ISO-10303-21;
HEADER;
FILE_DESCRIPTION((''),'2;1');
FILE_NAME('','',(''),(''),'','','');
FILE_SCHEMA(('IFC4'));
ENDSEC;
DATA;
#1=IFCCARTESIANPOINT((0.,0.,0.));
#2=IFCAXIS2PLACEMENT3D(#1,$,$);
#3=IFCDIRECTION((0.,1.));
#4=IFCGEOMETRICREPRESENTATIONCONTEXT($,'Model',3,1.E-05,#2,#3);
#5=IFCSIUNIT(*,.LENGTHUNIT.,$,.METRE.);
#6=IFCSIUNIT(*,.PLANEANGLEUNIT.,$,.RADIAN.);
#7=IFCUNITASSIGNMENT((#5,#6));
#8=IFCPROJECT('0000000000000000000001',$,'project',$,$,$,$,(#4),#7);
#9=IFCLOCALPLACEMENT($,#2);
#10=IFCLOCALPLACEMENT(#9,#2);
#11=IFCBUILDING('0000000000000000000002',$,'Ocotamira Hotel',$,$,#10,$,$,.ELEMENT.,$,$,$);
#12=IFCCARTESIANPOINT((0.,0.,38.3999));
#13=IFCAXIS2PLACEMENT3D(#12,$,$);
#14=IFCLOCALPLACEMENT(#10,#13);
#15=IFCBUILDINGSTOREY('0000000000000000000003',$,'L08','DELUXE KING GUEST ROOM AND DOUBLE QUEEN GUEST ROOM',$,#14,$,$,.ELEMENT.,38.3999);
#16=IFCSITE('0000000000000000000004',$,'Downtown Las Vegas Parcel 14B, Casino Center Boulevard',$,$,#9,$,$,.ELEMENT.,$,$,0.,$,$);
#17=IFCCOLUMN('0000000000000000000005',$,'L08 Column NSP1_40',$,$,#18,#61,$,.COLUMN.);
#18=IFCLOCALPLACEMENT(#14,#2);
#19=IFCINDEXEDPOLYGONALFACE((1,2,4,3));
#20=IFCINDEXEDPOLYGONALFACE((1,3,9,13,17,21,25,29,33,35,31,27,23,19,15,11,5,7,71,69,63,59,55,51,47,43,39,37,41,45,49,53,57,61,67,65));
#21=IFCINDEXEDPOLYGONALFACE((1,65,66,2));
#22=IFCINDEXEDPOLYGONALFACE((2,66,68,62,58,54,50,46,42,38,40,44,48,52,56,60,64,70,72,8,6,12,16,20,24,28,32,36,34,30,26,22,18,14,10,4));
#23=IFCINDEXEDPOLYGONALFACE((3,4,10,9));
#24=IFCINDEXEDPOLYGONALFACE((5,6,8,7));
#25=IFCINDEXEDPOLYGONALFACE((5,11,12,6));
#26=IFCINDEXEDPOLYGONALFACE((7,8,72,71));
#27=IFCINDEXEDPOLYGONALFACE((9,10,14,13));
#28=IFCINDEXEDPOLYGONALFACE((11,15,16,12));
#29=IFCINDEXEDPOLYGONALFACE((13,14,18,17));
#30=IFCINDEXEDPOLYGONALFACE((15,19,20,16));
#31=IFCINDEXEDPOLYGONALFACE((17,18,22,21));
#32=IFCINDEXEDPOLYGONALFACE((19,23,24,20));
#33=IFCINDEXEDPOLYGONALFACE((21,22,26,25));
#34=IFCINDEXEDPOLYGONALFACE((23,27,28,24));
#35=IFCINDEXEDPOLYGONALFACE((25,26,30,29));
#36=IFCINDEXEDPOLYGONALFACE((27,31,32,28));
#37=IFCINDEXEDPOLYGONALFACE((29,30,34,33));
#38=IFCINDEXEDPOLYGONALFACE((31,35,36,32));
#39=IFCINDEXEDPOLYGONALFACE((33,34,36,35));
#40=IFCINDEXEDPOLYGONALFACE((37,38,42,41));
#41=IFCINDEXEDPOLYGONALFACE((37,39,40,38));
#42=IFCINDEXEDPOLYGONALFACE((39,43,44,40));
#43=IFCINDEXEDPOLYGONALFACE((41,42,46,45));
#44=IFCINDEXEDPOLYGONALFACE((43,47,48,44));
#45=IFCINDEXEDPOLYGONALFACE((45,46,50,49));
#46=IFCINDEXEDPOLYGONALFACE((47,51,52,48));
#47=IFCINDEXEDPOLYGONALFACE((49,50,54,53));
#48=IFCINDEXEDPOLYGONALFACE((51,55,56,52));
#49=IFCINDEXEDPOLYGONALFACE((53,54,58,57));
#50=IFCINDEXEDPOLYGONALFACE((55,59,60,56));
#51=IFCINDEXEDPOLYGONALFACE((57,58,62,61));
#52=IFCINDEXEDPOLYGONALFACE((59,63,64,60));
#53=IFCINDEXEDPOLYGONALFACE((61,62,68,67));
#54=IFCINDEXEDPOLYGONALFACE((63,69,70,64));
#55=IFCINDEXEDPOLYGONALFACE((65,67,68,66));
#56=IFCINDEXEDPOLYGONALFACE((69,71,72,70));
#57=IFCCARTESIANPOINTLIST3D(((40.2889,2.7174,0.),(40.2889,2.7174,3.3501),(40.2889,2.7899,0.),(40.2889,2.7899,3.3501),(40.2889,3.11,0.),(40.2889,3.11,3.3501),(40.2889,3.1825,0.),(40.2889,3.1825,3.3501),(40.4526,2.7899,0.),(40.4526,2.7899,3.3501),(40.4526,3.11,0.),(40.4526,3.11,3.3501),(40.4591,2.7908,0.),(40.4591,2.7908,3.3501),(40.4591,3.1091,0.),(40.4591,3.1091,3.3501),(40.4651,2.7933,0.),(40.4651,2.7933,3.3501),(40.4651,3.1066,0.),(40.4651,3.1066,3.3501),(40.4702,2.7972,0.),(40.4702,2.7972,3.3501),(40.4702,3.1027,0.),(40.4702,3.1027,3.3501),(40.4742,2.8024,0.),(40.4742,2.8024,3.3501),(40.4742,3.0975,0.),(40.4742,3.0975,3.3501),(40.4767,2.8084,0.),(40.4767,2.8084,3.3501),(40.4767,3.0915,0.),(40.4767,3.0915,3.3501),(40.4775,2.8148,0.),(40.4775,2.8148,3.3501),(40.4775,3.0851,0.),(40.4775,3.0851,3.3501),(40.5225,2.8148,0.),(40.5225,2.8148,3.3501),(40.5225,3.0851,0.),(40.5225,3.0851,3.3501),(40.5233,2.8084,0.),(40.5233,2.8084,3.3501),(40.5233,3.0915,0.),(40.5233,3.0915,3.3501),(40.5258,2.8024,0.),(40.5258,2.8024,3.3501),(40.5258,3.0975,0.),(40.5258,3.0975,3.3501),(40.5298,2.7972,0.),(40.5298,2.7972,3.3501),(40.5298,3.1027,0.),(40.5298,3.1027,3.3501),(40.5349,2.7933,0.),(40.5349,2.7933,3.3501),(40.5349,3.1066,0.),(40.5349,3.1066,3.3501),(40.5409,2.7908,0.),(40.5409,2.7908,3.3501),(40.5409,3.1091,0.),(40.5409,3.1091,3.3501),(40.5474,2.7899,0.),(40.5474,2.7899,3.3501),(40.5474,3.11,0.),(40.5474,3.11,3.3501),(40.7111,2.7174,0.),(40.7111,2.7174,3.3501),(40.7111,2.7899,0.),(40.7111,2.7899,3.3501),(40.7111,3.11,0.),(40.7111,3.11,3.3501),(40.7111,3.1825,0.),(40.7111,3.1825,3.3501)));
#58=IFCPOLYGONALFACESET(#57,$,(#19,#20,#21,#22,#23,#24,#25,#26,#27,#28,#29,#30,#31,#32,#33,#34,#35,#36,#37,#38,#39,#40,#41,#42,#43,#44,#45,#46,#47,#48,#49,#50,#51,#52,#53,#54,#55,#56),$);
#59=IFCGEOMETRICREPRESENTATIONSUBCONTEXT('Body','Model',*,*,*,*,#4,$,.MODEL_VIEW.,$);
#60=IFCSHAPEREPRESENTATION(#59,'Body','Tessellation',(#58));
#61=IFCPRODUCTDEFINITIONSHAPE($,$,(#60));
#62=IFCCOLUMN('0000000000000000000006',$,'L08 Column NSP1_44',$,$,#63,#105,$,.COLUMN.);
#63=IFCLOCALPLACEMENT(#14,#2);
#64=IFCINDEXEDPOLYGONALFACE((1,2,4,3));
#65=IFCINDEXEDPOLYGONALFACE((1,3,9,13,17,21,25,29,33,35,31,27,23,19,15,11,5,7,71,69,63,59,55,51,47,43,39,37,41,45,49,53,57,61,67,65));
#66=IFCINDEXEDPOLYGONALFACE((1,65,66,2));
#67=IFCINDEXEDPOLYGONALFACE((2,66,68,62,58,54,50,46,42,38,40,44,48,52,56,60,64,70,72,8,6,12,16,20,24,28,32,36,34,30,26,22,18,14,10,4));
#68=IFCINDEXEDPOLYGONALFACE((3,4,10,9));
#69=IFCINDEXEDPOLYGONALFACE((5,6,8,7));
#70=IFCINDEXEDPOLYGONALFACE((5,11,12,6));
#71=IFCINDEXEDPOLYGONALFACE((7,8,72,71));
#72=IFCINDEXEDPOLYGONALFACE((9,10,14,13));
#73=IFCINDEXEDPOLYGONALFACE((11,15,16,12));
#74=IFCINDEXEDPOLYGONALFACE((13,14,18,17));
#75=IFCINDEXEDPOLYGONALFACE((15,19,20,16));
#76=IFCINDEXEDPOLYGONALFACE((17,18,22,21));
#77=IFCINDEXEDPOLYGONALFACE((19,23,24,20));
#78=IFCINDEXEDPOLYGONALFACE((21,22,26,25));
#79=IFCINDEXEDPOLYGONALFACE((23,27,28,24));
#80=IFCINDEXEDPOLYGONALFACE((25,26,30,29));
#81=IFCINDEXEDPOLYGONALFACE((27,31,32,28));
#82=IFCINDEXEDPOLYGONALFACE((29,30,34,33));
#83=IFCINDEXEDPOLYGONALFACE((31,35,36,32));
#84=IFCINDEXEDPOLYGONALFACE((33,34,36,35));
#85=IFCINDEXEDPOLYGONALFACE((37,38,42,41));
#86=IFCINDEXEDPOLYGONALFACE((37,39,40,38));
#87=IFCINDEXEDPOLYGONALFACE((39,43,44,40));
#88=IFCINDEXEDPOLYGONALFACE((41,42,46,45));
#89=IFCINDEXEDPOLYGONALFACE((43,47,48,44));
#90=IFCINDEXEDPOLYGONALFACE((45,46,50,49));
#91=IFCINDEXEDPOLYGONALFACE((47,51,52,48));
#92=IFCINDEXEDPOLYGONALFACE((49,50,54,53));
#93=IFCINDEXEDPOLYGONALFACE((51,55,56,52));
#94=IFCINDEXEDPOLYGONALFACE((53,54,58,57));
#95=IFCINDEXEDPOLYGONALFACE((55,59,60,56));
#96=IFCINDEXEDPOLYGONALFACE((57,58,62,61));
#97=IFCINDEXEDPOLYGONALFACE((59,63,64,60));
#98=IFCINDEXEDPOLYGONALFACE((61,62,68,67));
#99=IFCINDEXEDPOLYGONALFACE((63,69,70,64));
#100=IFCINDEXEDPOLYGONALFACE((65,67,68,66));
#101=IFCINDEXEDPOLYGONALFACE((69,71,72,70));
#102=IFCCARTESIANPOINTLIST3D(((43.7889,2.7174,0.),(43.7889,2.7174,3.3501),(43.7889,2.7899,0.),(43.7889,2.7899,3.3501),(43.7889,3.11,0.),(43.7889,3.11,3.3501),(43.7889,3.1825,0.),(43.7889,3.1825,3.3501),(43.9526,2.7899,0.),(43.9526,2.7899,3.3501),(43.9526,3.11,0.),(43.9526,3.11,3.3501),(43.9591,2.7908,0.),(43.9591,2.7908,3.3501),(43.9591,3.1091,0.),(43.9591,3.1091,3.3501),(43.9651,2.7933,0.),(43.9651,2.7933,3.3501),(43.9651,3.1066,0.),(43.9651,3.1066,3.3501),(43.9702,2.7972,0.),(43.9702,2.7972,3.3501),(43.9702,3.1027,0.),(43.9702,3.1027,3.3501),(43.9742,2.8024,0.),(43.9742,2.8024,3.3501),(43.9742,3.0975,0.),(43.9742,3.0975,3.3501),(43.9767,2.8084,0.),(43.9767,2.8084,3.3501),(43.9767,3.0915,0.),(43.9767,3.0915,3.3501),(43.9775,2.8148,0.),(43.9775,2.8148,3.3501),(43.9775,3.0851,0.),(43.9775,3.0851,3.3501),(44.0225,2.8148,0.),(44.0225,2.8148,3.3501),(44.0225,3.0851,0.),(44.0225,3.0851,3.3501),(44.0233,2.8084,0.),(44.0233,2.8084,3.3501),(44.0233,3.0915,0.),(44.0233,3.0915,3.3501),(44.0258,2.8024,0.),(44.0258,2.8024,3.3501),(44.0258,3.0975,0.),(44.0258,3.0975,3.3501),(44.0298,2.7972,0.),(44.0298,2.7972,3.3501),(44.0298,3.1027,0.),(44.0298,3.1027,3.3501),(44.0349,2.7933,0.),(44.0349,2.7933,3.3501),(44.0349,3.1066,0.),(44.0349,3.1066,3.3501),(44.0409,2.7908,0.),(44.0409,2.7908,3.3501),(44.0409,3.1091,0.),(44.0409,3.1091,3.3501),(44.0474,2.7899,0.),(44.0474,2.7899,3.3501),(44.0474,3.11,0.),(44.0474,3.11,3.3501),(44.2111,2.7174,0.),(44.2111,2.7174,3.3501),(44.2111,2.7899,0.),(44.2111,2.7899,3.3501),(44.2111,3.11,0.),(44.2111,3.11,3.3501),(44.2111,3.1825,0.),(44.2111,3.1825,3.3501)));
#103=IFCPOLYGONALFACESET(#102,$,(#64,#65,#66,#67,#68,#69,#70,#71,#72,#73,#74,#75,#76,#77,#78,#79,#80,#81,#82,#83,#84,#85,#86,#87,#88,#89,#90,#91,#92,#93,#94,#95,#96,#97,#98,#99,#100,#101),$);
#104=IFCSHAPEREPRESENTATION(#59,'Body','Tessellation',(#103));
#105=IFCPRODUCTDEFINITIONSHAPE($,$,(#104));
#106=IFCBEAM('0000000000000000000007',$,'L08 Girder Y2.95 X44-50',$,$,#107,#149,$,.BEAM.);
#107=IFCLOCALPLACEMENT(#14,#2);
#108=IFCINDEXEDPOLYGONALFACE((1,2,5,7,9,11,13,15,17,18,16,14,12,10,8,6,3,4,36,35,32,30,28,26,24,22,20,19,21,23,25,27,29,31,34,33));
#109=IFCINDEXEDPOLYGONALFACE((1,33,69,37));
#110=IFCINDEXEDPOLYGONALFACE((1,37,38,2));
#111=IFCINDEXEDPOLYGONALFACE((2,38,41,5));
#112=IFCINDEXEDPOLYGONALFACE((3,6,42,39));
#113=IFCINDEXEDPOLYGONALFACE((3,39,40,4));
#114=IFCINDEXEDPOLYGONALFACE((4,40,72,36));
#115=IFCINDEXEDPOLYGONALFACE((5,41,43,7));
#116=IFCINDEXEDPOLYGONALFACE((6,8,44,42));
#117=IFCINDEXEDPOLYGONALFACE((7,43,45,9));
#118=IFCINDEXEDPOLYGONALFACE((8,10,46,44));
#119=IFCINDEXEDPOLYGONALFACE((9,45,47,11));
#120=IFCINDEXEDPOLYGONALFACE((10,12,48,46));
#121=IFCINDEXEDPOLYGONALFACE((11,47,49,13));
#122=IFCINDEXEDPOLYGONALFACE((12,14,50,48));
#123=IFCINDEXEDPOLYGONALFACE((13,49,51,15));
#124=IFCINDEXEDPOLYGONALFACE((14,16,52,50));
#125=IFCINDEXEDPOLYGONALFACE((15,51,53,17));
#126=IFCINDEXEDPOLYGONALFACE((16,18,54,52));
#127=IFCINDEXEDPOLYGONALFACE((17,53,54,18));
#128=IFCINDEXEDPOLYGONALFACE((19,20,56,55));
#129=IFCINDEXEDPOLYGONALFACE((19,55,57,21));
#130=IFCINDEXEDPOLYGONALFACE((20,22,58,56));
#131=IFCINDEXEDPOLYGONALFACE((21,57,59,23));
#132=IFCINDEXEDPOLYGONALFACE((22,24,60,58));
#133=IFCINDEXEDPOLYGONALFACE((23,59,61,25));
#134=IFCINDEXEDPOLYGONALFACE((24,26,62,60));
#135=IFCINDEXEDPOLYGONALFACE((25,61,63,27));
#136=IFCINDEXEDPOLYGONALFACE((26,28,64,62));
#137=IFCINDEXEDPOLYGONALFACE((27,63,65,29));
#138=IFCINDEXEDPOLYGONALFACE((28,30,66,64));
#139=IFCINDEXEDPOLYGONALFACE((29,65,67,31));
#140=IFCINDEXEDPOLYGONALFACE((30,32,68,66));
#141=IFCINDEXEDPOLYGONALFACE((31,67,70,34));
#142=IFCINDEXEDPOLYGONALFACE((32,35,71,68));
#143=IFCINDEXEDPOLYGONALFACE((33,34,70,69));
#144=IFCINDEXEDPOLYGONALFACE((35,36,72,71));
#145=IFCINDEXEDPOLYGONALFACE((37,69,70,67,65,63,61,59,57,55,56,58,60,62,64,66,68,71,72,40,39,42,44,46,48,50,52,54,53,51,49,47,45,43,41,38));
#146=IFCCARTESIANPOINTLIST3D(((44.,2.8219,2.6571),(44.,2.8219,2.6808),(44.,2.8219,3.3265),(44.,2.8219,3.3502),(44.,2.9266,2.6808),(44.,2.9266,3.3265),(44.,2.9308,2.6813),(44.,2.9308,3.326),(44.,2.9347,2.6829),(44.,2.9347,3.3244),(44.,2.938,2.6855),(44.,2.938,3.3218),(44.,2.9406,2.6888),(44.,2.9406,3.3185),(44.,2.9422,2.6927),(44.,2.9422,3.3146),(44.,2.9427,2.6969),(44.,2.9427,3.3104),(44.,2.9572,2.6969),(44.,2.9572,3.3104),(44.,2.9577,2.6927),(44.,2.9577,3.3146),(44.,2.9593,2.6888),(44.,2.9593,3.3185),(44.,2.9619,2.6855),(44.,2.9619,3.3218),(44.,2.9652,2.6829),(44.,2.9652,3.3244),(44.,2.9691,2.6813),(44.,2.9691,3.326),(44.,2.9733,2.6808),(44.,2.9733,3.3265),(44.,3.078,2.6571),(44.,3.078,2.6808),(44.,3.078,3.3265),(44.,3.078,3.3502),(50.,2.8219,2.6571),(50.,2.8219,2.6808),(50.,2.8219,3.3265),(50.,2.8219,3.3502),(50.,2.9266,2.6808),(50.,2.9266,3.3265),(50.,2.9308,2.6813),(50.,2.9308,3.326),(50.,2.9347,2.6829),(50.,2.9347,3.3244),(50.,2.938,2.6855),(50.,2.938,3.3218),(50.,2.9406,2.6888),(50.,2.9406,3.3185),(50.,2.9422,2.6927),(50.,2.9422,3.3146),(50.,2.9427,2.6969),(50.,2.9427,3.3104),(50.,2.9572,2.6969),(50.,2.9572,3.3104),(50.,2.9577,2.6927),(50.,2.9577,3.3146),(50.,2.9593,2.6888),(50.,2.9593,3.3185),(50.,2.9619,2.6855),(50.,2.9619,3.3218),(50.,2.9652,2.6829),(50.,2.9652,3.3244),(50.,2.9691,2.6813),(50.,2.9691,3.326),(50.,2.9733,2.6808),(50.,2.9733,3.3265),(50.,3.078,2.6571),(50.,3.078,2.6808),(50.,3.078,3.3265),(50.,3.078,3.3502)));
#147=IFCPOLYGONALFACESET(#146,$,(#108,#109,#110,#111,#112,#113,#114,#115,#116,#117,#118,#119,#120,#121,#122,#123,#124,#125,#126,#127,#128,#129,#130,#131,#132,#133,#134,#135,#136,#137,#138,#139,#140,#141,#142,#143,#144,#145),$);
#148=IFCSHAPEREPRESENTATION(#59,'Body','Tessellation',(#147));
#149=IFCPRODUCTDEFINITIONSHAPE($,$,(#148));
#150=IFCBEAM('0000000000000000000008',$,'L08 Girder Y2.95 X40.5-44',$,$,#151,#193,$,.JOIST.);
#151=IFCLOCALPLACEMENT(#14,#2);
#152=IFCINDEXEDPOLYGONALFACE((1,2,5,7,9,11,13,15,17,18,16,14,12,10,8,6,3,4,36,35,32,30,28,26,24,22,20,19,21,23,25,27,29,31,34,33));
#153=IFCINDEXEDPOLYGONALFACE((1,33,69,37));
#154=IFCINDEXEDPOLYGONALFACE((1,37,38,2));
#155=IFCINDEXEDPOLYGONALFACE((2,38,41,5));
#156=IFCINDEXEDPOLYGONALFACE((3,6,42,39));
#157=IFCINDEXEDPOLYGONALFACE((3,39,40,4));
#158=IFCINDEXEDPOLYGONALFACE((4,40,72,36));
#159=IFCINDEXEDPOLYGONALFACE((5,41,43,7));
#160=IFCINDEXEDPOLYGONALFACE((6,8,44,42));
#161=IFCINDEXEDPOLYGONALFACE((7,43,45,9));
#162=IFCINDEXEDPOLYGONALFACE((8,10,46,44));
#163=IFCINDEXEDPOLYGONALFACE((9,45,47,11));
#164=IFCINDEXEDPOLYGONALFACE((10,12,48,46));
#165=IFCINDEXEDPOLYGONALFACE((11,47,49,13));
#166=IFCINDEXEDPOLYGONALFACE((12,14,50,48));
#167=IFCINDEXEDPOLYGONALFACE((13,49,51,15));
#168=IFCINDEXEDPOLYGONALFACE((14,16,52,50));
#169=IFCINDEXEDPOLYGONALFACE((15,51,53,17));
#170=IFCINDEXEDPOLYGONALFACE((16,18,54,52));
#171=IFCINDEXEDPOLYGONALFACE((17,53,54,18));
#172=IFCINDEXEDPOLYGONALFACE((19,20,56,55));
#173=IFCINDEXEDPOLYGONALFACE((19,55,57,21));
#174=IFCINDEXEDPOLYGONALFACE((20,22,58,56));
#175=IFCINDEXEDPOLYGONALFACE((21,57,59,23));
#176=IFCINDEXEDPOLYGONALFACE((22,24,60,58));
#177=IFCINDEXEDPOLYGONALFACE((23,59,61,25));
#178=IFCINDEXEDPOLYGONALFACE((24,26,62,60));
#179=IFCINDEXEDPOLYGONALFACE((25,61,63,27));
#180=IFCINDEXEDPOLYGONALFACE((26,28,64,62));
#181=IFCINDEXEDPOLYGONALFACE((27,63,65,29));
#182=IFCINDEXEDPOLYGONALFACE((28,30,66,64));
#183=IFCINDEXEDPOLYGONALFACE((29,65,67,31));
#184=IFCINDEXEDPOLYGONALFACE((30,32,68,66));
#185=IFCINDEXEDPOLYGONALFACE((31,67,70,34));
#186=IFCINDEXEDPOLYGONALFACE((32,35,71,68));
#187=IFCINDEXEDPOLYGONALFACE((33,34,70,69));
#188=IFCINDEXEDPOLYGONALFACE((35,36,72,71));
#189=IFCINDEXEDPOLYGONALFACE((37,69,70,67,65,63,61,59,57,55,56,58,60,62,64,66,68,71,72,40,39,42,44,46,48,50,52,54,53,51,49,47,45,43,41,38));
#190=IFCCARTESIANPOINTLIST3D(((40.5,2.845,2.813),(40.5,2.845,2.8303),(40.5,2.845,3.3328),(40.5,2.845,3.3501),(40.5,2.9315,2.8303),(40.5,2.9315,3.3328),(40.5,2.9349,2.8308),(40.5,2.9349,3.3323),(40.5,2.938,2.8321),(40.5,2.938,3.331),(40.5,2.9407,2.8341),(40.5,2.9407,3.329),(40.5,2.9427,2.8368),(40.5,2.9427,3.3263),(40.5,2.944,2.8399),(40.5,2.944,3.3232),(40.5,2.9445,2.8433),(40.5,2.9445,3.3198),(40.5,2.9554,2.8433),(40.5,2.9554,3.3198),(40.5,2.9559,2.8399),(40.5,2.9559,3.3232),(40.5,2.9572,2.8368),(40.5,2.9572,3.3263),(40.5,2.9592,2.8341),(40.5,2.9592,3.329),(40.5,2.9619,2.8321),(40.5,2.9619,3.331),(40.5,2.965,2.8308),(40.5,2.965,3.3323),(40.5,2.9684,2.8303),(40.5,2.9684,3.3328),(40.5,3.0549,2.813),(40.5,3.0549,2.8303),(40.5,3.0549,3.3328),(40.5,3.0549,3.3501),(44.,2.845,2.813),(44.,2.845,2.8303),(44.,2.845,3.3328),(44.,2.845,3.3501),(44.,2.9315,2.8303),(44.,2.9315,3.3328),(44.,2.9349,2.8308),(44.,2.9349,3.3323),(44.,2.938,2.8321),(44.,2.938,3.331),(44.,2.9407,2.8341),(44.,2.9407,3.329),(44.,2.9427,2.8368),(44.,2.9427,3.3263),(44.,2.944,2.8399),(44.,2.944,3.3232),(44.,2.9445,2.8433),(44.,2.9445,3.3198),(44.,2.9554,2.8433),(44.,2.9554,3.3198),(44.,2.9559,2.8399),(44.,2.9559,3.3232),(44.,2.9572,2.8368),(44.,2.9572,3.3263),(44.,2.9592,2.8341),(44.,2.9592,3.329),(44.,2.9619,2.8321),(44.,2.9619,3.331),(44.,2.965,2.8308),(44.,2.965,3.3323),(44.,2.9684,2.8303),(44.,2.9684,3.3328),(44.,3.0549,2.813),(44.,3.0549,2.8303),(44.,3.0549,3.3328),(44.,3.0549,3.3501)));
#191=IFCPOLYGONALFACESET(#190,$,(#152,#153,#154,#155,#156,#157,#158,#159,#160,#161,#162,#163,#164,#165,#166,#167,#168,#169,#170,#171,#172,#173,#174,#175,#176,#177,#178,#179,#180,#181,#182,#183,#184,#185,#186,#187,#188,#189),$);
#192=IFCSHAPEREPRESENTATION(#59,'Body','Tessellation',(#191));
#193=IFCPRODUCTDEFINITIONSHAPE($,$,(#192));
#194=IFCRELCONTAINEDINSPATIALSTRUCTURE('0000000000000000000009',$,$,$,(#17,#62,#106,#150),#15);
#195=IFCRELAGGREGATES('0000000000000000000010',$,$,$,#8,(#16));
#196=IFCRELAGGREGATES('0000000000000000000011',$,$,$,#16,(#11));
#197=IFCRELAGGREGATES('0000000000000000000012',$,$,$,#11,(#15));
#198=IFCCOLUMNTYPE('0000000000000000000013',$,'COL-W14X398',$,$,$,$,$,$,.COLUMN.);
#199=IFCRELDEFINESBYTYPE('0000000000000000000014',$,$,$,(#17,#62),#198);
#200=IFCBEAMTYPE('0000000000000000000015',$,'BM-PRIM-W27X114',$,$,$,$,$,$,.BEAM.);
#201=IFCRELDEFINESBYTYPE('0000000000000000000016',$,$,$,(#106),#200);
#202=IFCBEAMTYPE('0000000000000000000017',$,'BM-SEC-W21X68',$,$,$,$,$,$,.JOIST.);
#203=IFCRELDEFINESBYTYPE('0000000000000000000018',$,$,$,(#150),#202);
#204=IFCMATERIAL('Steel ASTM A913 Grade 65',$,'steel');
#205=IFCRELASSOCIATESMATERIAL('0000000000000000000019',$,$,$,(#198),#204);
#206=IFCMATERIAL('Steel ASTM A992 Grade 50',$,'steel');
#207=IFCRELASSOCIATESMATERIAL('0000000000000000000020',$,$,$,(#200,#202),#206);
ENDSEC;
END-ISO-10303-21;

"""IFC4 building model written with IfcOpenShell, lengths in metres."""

from ifc_helpers import new_model, si_unit, direction, frame, origin, origin_2d, place, context, subcontext, project, spatial, i_section, extrude, source, transform, mapped, material, material_profile, profile_set, type_object, element, save


model = new_model("IFC4")

# Units and contexts
model_context = context("Model", 3, precision=1e-05, world=origin(), true_north=direction((0.0, 1.0)))
body_context = subcontext(model_context, "Body", "Model", "MODEL_VIEW")
ifc_project = project(units=[si_unit("LENGTHUNIT", "METRE"), si_unit("PLANEANGLEUNIT", "RADIAN")], contexts=[model_context])

# Site, building, storey
site_placement = place(None, origin())
site = spatial("IfcSite", under=ifc_project, at=site_placement, Name="Downtown Las Vegas Parcel 14B, Casino Center Boulevard", CompositionType="ELEMENT", RefElevation=0.0)
building_placement = place(site_placement, origin())
building = spatial("IfcBuilding", under=site, at=building_placement, Name="Ocotamira Hotel", CompositionType="ELEMENT")
storey_placement = place(building_placement, frame((0.0, 0.0, 38.3999)))
storey = spatial("IfcBuildingStorey", under=building, at=storey_placement, Name="L08", Description="DELUXE KING GUEST ROOM AND DOUBLE QUEEN GUEST ROOM", CompositionType="ELEMENT", Elevation=38.3999)

# Columns
ifc_material_1 = material(Name="Steel ASTM A913 Grade 65", Category="steel")
ifc_material_profile_1 = material_profile(ifc_material_1, i_section(OverallWidth=0.4221, OverallDepth=0.4651, WebThickness=0.0449, FlangeThickness=0.0725, FilletRadius=0.0249, at=origin_2d()), Name="W14X398")
ifc_profile_set_1 = profile_set([ifc_material_profile_1], Name="Steel ASTM A913 Grade 65")
column_type = type_object("IfcColumnType", Name="COL-W14X398", PredefinedType="COLUMN", material=ifc_profile_set_1)
shared_shape_1 = source(origin(), body_context, "Body", "SweptSolid", [
    extrude(i_section(OverallWidth=0.4221, OverallDepth=0.4651, WebThickness=0.0449, FlangeThickness=0.0725, FilletRadius=0.0249, at=origin_2d()), origin(), (0.0, 0.0, 1.0), 3.3501),
])
for number, where, z_axis, x_axis, name in (
    (1, (40.5, 2.95, 0.0), (0.0, 0.0, 1.0), (1.0, 0.0, 0.0), "L08 Column NSP1_40"),
    (2, (44.0, 2.95, 0.0), (0.0, 0.0, 1.0), (1.0, 0.0, 0.0), "L08 Column NSP1_44"),
):
    element("IfcColumn", number, at=place(storey_placement, frame(where, z_axis=z_axis, x_axis=x_axis)), inside=storey, type_object=column_type, Name=name, PredefinedType="COLUMN", context=body_context, shape_type="MappedRepresentation", body=[
        mapped(shared_shape_1, transform((0.0, 0.0, 0.0), scale=1.0)),
    ])

# Beams
ifc_material_2 = material(Name="Steel ASTM A992 Grade 50", Category="steel")
ifc_material_profile_2 = material_profile(ifc_material_2, i_section(OverallWidth=0.2561, OverallDepth=0.6931, WebThickness=0.0144, FlangeThickness=0.0237, FilletRadius=0.0161, at=origin_2d()), Name="W27X114")
ifc_profile_set_2 = profile_set([ifc_material_profile_2], Name="Steel ASTM A992 Grade 50")
beam_type_1 = type_object("IfcBeamType", Name="BM-PRIM-W27X114", PredefinedType="BEAM", material=ifc_profile_set_2)
shared_shape_2 = source(origin(), body_context, "Body", "SweptSolid", [
    extrude(i_section(OverallWidth=0.2561, OverallDepth=0.6931, WebThickness=0.0144, FlangeThickness=0.0237, FilletRadius=0.0161, at=origin_2d()), origin(), (0.0, 0.0, 1.0), 6.0),
])
beam_1_placement = place(storey_placement, frame((44.0, 2.95, 3.0037), z_axis=(1.0, 0.0, 0.0), x_axis=(0.0, 1.0, 0.0)))
element("IfcBeam", 3, at=beam_1_placement, inside=storey, type_object=beam_type_1, Name="L08 Girder Y2.95 X44-50", PredefinedType="BEAM", context=body_context, shape_type="MappedRepresentation", body=[
    mapped(shared_shape_2, transform((0.0, 0.0, 0.0), scale=1.0)),
])
ifc_material_profile_3 = material_profile(ifc_material_2, i_section(OverallWidth=0.21, OverallDepth=0.5371, WebThickness=0.011, FlangeThickness=0.0173, FilletRadius=0.0129, at=origin_2d()), Name="W21X68")
ifc_profile_set_3 = profile_set([ifc_material_profile_3], Name="Steel ASTM A992 Grade 50")
beam_type_2 = type_object("IfcBeamType", Name="BM-SEC-W21X68", PredefinedType="JOIST", material=ifc_profile_set_3)
shared_shape_3 = source(origin(), body_context, "Body", "SweptSolid", [
    extrude(i_section(OverallWidth=0.21, OverallDepth=0.5371, WebThickness=0.011, FlangeThickness=0.0173, FilletRadius=0.0129, at=origin_2d()), origin(), (0.0, 0.0, 1.0), 3.5),
])
beam_2_placement = place(storey_placement, frame((40.5, 2.95, 3.0815), z_axis=(1.0, 0.0, 0.0), x_axis=(0.0, 1.0, 0.0)))
element("IfcBeam", 4, at=beam_2_placement, inside=storey, type_object=beam_type_2, Name="L08 Girder Y2.95 X40.5-44", PredefinedType="JOIST", context=body_context, shape_type="MappedRepresentation", body=[
    mapped(shared_shape_3, transform((0.0, 0.0, 0.0), scale=1.0)),
])

save(model, "model.ifc")
